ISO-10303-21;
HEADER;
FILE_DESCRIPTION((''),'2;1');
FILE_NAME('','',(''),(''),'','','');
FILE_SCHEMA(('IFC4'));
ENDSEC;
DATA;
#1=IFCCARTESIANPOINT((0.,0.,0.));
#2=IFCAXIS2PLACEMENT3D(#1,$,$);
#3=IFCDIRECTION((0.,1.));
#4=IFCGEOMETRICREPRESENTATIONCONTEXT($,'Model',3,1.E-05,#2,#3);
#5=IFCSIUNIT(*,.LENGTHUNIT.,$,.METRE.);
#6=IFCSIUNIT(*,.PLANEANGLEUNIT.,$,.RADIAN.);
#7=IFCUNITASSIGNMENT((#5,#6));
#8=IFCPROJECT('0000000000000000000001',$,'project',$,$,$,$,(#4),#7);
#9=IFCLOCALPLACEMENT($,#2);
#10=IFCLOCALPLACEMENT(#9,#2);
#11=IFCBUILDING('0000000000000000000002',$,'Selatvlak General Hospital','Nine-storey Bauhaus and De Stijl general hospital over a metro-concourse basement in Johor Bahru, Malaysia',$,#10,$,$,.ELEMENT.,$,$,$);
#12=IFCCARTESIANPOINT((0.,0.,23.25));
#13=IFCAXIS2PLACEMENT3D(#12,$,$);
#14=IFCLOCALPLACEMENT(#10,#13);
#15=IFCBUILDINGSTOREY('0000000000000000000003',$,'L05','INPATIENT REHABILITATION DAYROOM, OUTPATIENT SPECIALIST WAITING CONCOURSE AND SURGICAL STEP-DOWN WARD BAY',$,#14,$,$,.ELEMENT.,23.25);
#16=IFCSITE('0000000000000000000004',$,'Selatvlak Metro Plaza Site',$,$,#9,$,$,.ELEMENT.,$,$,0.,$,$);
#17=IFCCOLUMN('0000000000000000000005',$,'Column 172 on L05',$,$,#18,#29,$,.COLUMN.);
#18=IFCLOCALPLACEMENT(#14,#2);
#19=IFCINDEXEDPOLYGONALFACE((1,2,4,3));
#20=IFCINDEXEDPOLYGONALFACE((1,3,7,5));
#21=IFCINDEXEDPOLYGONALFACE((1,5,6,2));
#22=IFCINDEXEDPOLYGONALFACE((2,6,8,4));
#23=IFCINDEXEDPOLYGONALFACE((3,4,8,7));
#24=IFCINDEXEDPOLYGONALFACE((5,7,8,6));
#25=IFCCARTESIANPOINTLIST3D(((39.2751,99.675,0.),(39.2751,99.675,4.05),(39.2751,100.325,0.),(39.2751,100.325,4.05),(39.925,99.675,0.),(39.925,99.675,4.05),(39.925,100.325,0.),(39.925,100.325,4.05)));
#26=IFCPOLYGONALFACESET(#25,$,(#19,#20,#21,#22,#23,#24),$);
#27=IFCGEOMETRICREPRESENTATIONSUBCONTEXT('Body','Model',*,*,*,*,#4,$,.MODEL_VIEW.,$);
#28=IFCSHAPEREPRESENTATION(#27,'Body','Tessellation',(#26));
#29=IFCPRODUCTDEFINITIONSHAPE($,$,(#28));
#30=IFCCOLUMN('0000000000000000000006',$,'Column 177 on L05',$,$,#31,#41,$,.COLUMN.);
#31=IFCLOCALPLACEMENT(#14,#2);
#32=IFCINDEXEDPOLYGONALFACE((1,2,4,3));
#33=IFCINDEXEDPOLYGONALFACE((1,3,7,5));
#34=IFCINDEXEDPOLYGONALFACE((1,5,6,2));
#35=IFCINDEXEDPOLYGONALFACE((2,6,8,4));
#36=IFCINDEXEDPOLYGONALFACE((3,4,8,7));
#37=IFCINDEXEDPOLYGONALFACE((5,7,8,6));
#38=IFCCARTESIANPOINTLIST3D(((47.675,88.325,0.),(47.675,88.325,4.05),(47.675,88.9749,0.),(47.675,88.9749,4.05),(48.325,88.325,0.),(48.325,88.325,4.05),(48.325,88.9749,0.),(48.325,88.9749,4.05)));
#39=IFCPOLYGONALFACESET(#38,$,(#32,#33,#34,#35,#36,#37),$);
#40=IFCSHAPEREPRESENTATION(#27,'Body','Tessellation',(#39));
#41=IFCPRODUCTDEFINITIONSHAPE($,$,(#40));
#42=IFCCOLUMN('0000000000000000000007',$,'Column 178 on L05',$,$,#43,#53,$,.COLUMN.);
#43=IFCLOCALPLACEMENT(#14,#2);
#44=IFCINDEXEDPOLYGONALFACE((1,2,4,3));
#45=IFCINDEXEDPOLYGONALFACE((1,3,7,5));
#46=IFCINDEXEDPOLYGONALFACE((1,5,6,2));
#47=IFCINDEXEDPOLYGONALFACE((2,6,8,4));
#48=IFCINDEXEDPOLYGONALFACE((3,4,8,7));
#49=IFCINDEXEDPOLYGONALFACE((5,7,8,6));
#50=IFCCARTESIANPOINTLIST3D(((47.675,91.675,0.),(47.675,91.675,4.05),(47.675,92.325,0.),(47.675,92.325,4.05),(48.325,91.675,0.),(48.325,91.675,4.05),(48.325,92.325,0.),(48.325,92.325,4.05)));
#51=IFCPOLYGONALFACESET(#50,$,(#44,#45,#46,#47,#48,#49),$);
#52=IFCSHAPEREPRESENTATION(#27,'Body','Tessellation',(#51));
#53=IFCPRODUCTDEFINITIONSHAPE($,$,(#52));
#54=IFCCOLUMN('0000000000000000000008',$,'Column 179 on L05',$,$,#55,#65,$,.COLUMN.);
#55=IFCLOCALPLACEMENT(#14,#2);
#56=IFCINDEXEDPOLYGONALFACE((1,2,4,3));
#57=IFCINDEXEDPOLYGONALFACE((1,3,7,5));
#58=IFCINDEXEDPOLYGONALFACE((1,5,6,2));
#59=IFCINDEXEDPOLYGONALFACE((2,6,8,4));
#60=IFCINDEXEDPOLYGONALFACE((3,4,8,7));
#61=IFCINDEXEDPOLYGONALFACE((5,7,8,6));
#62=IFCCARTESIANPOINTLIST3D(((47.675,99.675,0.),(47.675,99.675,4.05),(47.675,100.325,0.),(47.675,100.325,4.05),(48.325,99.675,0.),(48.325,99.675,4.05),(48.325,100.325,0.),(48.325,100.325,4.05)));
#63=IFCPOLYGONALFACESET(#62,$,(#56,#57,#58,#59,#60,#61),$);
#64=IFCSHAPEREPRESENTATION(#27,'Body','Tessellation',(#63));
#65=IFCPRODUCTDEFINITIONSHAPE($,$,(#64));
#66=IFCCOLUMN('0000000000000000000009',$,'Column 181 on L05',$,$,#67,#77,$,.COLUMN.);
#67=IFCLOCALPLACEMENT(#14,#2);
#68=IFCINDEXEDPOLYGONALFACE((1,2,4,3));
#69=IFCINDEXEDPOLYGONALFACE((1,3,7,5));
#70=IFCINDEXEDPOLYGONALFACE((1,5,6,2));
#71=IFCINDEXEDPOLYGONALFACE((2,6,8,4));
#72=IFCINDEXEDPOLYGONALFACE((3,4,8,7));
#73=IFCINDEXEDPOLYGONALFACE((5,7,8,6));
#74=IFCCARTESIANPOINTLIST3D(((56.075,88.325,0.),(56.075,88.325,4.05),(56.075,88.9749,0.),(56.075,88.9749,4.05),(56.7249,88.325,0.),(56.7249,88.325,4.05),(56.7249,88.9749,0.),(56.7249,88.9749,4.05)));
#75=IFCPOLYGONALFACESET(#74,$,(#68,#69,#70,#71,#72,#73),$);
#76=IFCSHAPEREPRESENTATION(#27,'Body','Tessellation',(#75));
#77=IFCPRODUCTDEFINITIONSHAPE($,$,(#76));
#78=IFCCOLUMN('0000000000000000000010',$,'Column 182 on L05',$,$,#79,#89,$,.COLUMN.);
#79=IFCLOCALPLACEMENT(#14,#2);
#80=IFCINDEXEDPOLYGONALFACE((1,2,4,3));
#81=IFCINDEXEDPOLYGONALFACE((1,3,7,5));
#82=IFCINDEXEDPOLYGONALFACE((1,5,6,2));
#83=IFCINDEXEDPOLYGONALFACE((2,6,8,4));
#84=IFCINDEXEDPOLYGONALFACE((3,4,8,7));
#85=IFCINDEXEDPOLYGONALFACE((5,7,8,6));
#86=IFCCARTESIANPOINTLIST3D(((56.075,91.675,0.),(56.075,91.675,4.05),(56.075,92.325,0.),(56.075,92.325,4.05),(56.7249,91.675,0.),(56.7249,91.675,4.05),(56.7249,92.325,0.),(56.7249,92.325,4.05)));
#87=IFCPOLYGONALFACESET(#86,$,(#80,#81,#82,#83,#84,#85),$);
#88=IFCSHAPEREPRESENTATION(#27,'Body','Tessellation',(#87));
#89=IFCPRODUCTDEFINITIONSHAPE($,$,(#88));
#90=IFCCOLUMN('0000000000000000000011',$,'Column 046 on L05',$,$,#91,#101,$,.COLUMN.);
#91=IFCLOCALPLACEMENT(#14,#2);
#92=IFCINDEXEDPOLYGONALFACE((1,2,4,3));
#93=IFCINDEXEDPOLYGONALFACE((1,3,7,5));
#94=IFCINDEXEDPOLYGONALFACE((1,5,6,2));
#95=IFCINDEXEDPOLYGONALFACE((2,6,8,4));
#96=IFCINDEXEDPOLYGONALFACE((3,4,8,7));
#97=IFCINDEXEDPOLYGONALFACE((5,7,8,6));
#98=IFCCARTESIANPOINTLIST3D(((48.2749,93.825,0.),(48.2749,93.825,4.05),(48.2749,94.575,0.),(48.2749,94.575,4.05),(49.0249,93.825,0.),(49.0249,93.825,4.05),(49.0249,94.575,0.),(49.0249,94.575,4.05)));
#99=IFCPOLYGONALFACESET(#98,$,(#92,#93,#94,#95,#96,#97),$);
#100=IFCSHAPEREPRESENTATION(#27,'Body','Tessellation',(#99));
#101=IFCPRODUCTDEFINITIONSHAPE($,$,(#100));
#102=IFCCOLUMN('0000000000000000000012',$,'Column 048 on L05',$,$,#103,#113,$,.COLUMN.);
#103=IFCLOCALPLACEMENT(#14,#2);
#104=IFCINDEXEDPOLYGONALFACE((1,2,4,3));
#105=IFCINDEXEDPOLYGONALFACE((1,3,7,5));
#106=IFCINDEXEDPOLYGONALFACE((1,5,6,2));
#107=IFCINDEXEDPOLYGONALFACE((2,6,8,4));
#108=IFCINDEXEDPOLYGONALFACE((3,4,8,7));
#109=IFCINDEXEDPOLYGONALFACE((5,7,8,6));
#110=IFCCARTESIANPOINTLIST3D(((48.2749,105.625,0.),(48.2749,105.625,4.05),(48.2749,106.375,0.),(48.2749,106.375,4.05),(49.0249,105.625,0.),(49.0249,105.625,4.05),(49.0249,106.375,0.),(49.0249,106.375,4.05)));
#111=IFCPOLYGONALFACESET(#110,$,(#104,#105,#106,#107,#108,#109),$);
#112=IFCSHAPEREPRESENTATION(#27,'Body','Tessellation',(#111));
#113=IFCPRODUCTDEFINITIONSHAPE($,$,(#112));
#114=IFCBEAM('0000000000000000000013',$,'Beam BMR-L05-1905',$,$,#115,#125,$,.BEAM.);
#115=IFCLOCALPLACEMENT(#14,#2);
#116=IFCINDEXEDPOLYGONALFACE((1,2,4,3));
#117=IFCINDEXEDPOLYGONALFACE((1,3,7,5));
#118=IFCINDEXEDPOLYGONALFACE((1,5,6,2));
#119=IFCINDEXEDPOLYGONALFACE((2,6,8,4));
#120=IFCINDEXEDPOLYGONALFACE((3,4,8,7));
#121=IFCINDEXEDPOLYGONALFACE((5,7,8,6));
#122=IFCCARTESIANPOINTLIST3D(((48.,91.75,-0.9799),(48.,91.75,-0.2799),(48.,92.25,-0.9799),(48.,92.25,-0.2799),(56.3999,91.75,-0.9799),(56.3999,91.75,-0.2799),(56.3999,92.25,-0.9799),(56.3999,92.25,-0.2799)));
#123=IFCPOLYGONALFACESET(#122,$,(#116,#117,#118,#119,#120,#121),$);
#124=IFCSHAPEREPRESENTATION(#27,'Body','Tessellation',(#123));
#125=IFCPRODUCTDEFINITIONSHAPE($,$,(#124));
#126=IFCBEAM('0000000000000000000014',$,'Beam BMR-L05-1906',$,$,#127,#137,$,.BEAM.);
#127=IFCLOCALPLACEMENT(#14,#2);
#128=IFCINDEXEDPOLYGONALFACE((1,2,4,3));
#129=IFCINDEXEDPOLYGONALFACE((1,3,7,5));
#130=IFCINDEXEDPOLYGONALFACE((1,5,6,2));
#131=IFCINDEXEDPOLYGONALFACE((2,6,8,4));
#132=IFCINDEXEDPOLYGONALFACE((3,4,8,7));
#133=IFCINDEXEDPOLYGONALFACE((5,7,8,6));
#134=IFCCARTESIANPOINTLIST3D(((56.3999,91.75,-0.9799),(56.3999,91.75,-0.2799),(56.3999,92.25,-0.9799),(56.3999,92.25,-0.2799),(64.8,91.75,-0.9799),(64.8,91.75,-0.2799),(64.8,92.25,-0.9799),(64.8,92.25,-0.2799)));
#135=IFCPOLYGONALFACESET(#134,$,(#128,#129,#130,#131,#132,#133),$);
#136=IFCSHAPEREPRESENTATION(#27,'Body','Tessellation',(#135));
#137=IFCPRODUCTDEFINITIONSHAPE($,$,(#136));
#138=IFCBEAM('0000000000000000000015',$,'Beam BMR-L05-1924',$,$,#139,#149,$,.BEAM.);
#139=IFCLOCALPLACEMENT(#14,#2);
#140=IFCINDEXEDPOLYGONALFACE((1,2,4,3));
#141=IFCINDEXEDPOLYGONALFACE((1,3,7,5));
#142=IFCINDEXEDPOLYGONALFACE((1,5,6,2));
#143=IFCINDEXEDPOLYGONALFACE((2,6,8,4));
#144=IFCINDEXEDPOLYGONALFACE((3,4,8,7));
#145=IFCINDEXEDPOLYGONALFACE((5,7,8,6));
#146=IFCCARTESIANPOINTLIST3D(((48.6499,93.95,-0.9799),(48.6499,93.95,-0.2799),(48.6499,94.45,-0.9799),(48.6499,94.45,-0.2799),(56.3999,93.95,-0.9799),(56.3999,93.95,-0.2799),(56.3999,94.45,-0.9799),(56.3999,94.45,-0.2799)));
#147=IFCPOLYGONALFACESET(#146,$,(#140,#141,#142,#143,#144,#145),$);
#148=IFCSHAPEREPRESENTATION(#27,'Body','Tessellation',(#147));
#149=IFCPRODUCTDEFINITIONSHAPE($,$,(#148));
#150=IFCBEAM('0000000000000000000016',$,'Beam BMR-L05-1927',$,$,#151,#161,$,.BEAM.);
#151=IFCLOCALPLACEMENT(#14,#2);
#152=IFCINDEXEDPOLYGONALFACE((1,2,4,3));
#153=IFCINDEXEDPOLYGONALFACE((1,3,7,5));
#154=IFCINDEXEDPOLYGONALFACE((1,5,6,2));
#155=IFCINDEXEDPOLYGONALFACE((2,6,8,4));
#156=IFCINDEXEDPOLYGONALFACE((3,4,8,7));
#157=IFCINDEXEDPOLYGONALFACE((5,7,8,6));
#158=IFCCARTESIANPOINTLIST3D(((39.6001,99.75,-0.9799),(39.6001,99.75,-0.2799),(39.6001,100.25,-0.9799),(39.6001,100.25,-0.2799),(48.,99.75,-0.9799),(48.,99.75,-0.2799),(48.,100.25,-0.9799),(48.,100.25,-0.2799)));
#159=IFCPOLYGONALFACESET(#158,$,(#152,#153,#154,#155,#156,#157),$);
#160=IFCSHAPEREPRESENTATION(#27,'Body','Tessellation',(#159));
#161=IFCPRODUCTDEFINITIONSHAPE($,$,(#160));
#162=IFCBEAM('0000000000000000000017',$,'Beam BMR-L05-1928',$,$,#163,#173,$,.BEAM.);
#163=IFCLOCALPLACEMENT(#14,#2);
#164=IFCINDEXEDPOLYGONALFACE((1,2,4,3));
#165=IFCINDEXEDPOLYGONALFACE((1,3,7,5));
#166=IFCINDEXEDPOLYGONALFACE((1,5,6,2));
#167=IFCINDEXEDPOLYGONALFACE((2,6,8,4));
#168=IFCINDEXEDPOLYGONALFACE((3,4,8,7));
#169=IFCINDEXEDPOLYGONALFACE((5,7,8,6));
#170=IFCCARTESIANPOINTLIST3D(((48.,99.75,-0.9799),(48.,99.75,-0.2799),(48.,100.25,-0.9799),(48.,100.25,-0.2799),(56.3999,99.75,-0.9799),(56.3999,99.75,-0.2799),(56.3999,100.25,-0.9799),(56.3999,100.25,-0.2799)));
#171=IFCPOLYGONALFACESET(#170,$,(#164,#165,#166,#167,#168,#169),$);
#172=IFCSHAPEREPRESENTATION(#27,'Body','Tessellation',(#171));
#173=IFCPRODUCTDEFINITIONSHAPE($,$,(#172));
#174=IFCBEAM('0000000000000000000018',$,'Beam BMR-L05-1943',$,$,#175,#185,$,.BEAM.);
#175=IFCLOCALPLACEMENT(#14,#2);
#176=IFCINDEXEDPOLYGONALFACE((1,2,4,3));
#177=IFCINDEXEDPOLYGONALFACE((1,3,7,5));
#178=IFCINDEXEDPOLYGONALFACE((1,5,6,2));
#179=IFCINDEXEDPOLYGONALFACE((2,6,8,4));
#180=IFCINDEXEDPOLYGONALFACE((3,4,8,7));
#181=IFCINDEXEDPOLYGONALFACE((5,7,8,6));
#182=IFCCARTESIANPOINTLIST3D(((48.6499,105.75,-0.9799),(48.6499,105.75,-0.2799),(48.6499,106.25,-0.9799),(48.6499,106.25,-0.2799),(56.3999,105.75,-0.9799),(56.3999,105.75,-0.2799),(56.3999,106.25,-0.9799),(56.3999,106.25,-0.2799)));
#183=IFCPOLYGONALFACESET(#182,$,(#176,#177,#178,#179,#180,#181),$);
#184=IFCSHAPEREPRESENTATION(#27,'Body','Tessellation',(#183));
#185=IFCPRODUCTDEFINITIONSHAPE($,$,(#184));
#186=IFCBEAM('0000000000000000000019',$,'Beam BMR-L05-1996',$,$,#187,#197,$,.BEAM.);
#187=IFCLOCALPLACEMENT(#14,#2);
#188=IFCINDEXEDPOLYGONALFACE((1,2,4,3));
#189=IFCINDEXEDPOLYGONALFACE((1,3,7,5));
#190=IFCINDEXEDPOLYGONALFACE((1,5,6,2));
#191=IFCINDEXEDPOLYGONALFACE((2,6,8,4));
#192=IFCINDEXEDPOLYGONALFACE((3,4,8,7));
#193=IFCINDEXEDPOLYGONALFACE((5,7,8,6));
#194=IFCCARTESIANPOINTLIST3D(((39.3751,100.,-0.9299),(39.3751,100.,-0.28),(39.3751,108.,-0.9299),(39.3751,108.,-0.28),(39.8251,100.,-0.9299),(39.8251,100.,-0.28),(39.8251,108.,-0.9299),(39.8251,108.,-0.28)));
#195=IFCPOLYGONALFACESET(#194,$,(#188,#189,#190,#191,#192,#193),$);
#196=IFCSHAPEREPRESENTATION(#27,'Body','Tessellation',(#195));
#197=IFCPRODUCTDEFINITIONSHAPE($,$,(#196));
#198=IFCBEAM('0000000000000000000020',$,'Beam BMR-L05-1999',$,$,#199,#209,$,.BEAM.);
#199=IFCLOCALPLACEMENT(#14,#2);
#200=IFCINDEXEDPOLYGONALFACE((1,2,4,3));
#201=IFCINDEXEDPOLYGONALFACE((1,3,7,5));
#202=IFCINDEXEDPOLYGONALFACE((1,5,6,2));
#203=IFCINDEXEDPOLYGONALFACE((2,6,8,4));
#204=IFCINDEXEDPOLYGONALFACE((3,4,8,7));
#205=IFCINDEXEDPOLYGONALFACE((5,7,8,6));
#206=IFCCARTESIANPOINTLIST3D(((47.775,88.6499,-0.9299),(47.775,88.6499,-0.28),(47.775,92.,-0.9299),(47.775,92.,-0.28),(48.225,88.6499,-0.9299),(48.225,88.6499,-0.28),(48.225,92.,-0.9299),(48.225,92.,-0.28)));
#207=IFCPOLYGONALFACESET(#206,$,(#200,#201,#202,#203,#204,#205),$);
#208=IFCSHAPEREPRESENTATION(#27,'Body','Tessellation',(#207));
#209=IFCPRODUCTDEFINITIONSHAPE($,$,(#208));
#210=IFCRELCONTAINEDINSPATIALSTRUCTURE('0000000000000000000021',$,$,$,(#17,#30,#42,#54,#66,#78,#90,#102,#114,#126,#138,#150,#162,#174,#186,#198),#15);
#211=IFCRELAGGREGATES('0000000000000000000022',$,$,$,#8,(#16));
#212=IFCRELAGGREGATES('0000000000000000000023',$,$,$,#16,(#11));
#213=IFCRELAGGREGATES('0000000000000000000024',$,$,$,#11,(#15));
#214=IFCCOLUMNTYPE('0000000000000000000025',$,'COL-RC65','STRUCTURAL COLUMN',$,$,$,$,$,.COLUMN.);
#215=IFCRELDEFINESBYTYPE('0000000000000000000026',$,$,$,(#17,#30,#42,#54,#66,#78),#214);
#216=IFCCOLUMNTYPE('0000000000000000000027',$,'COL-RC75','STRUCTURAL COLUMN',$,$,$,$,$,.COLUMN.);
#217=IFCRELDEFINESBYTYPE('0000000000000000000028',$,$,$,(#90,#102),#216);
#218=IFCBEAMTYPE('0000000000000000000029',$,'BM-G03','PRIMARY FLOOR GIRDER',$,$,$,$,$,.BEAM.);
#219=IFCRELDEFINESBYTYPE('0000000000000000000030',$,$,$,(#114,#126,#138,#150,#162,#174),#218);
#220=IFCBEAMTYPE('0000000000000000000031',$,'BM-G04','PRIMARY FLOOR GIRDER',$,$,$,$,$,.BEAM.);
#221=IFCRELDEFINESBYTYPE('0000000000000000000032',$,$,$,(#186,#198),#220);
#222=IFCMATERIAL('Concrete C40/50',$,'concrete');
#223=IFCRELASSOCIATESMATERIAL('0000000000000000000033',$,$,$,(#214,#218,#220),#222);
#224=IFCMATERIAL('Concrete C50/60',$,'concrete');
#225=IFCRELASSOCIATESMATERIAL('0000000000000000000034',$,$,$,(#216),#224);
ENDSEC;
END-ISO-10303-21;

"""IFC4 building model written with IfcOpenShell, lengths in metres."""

from ifc_helpers import new_model, si_unit, direction, frame, origin, origin_2d, place, context, subcontext, project, spatial, rectangle, extrude, material, material_profile, profile_set, type_object, element, save


model = new_model("IFC4")

# Units and contexts
model_context = context("Model", 3, precision=1e-05, world=origin(), true_north=direction((0.0, 1.0)))
body_context = subcontext(model_context, "Body", "Model", "MODEL_VIEW")
ifc_project = project(units=[si_unit("LENGTHUNIT", "METRE"), si_unit("PLANEANGLEUNIT", "RADIAN")], contexts=[model_context])

# Site, building, storey
site_placement = place(None, origin())
site = spatial("IfcSite", under=ifc_project, at=site_placement, Name="Selatvlak Metro Plaza Site", CompositionType="ELEMENT", RefElevation=0.0)
building_placement = place(site_placement, origin())
building = spatial("IfcBuilding", under=site, at=building_placement, Name="Selatvlak General Hospital", Description="Nine-storey Bauhaus and De Stijl general hospital over a metro-concourse basement in Johor Bahru, Malaysia", CompositionType="ELEMENT")
storey_placement = place(building_placement, frame((0.0, 0.0, 23.25)))
storey = spatial("IfcBuildingStorey", under=building, at=storey_placement, Name="L05", Description="INPATIENT REHABILITATION DAYROOM, OUTPATIENT SPECIALIST WAITING CONCOURSE AND SURGICAL STEP-DOWN WARD BAY", CompositionType="ELEMENT", Elevation=23.25)

# Columns
ifc_material_1 = material(Name="Concrete C40/50", Category="concrete")
ifc_material_profile_1 = material_profile(ifc_material_1, rectangle(XDim=0.6499, YDim=0.6499, at=origin_2d()), Name="RC-COL 650x650")
ifc_profile_set_1 = profile_set([ifc_material_profile_1], Name="Concrete C40/50")
column_type_1 = type_object("IfcColumnType", Name="COL-RC65", Description="STRUCTURAL COLUMN", PredefinedType="COLUMN", material=ifc_profile_set_1)
for number, where, z_axis, x_axis, name in (
    (1, (39.6001, 100.0, 0.0), (0.0, 0.0, 1.0), (1.0, 0.0, 0.0), "Column 172 on L05"),
    (2, (48.0, 88.6499, 0.0), (0.0, 0.0, 1.0), (1.0, 0.0, 0.0), "Column 177 on L05"),
    (3, (48.0, 92.0, 0.0), (0.0, 0.0, 1.0), (1.0, 0.0, 0.0), "Column 178 on L05"),
    (4, (48.0, 100.0, 0.0), (0.0, 0.0, 1.0), (1.0, 0.0, 0.0), "Column 179 on L05"),
    (5, (56.3999, 88.6499, 0.0), (0.0, 0.0, 1.0), (1.0, 0.0, 0.0), "Column 181 on L05"),
    (6, (56.3999, 92.0, 0.0), (0.0, 0.0, 1.0), (1.0, 0.0, 0.0), "Column 182 on L05"),
):
    element("IfcColumn", number, at=place(storey_placement, frame(where, z_axis=z_axis, x_axis=x_axis)), inside=storey, type_object=column_type_1, Name=name, PredefinedType="COLUMN", context=body_context, shape_type="SweptSolid", body=[
        extrude(rectangle(XDim=0.6499, YDim=0.6499, at=origin_2d()), origin(), (0.0, 0.0, 1.0), 4.05),
    ])
ifc_material_2 = material(Name="Concrete C50/60", Category="concrete")
ifc_material_profile_2 = material_profile(ifc_material_2, rectangle(XDim=0.75, YDim=0.75, at=origin_2d()), Name="RC-COL 750x750")
ifc_profile_set_2 = profile_set([ifc_material_profile_2], Name="Concrete C50/60")
column_type_2 = type_object("IfcColumnType", Name="COL-RC75", Description="STRUCTURAL COLUMN", PredefinedType="COLUMN", material=ifc_profile_set_2)
for number, where, z_axis, x_axis, name in (
    (7, (48.6499, 94.2, 0.0), (0.0, 0.0, 1.0), (1.0, 0.0, 0.0), "Column 046 on L05"),
    (8, (48.6499, 106.0, 0.0), (0.0, 0.0, 1.0), (1.0, 0.0, 0.0), "Column 048 on L05"),
):
    element("IfcColumn", number, at=place(storey_placement, frame(where, z_axis=z_axis, x_axis=x_axis)), inside=storey, type_object=column_type_2, Name=name, PredefinedType="COLUMN", context=body_context, shape_type="SweptSolid", body=[
        extrude(rectangle(XDim=0.75, YDim=0.75, at=origin_2d()), origin(), (0.0, 0.0, 1.0), 4.05),
    ])

# Beams
ifc_material_profile_3 = material_profile(ifc_material_1, rectangle(XDim=0.5, YDim=0.7, at=origin_2d()), Name="RC-BM 500x700")
ifc_profile_set_3 = profile_set([ifc_material_profile_3], Name="Concrete C40/50")
beam_type_1 = type_object("IfcBeamType", Name="BM-G03", Description="PRIMARY FLOOR GIRDER", PredefinedType="BEAM", material=ifc_profile_set_3)
beam_1_placement = place(storey_placement, frame((48.0, 92.0, -0.6299), z_axis=(1.0, 0.0, 0.0), x_axis=(0.0, 1.0, 0.0)))
element("IfcBeam", 9, at=beam_1_placement, inside=storey, type_object=beam_type_1, Name="Beam BMR-L05-1905", PredefinedType="BEAM", context=body_context, shape_type="SweptSolid", body=[
    extrude(rectangle(XDim=0.5, YDim=0.7, at=origin_2d()), origin(), (0.0, 0.0, 1.0), 8.3999),
])
beam_2_placement = place(storey_placement, frame((56.3999, 92.0, -0.6299), z_axis=(1.0, 0.0, 0.0), x_axis=(0.0, 1.0, 0.0)))
element("IfcBeam", 10, at=beam_2_placement, inside=storey, type_object=beam_type_1, Name="Beam BMR-L05-1906", PredefinedType="BEAM", context=body_context, shape_type="SweptSolid", body=[
    extrude(rectangle(XDim=0.5, YDim=0.7, at=origin_2d()), origin(), (0.0, 0.0, 1.0), 8.4001),
])
beam_3_placement = place(storey_placement, frame((48.6499, 94.2, -0.6299), z_axis=(1.0, 0.0, 0.0), x_axis=(0.0, 1.0, 0.0)))
element("IfcBeam", 11, at=beam_3_placement, inside=storey, type_object=beam_type_1, Name="Beam BMR-L05-1924", PredefinedType="BEAM", context=body_context, shape_type="SweptSolid", body=[
    extrude(rectangle(XDim=0.5, YDim=0.7, at=origin_2d()), origin(), (0.0, 0.0, 1.0), 7.75),
])
for number, where, z_axis, x_axis, name in (
    (12, (39.6001, 100.0, -0.6299), (1.0, 0.0, 0.0), (0.0, 1.0, 0.0), "Beam BMR-L05-1927"),
    (13, (48.0, 100.0, -0.6299), (1.0, 0.0, 0.0), (0.0, 1.0, 0.0), "Beam BMR-L05-1928"),
):
    element("IfcBeam", number, at=place(storey_placement, frame(where, z_axis=z_axis, x_axis=x_axis)), inside=storey, type_object=beam_type_1, Name=name, PredefinedType="BEAM", context=body_context, shape_type="SweptSolid", body=[
        extrude(rectangle(XDim=0.5, YDim=0.7, at=origin_2d()), origin(), (0.0, 0.0, 1.0), 8.3999),
    ])
beam_4_placement = place(storey_placement, frame((48.6499, 106.0, -0.6299), z_axis=(1.0, 0.0, 0.0), x_axis=(0.0, 1.0, 0.0)))
element("IfcBeam", 14, at=beam_4_placement, inside=storey, type_object=beam_type_1, Name="Beam BMR-L05-1943", PredefinedType="BEAM", context=body_context, shape_type="SweptSolid", body=[
    extrude(rectangle(XDim=0.5, YDim=0.7, at=origin_2d()), origin(), (0.0, 0.0, 1.0), 7.75),
])
ifc_material_profile_4 = material_profile(ifc_material_1, rectangle(XDim=0.45, YDim=0.6499, at=origin_2d()), Name="RC-BM 450x650")
ifc_profile_set_4 = profile_set([ifc_material_profile_4], Name="Concrete C40/50")
beam_type_2 = type_object("IfcBeamType", Name="BM-G04", Description="PRIMARY FLOOR GIRDER", PredefinedType="BEAM", material=ifc_profile_set_4)
beam_5_placement = place(storey_placement, frame((39.6001, 100.0, -0.605), z_axis=(0.0, 1.0, 0.0), x_axis=(-1.0, 0.0, 0.0)))
element("IfcBeam", 15, at=beam_5_placement, inside=storey, type_object=beam_type_2, Name="Beam BMR-L05-1996", PredefinedType="BEAM", context=body_context, shape_type="SweptSolid", body=[
    extrude(rectangle(XDim=0.45, YDim=0.6499, at=origin_2d()), origin(), (0.0, 0.0, 1.0), 8.0),
])
beam_6_placement = place(storey_placement, frame((48.0, 88.6499, -0.605), z_axis=(0.0, 1.0, 0.0), x_axis=(-1.0, 0.0, 0.0)))
element("IfcBeam", 16, at=beam_6_placement, inside=storey, type_object=beam_type_2, Name="Beam BMR-L05-1999", PredefinedType="BEAM", context=body_context, shape_type="SweptSolid", body=[
    extrude(rectangle(XDim=0.45, YDim=0.6499, at=origin_2d()), origin(), (0.0, 0.0, 1.0), 3.3501),
])

save(model, "model.ifc")
